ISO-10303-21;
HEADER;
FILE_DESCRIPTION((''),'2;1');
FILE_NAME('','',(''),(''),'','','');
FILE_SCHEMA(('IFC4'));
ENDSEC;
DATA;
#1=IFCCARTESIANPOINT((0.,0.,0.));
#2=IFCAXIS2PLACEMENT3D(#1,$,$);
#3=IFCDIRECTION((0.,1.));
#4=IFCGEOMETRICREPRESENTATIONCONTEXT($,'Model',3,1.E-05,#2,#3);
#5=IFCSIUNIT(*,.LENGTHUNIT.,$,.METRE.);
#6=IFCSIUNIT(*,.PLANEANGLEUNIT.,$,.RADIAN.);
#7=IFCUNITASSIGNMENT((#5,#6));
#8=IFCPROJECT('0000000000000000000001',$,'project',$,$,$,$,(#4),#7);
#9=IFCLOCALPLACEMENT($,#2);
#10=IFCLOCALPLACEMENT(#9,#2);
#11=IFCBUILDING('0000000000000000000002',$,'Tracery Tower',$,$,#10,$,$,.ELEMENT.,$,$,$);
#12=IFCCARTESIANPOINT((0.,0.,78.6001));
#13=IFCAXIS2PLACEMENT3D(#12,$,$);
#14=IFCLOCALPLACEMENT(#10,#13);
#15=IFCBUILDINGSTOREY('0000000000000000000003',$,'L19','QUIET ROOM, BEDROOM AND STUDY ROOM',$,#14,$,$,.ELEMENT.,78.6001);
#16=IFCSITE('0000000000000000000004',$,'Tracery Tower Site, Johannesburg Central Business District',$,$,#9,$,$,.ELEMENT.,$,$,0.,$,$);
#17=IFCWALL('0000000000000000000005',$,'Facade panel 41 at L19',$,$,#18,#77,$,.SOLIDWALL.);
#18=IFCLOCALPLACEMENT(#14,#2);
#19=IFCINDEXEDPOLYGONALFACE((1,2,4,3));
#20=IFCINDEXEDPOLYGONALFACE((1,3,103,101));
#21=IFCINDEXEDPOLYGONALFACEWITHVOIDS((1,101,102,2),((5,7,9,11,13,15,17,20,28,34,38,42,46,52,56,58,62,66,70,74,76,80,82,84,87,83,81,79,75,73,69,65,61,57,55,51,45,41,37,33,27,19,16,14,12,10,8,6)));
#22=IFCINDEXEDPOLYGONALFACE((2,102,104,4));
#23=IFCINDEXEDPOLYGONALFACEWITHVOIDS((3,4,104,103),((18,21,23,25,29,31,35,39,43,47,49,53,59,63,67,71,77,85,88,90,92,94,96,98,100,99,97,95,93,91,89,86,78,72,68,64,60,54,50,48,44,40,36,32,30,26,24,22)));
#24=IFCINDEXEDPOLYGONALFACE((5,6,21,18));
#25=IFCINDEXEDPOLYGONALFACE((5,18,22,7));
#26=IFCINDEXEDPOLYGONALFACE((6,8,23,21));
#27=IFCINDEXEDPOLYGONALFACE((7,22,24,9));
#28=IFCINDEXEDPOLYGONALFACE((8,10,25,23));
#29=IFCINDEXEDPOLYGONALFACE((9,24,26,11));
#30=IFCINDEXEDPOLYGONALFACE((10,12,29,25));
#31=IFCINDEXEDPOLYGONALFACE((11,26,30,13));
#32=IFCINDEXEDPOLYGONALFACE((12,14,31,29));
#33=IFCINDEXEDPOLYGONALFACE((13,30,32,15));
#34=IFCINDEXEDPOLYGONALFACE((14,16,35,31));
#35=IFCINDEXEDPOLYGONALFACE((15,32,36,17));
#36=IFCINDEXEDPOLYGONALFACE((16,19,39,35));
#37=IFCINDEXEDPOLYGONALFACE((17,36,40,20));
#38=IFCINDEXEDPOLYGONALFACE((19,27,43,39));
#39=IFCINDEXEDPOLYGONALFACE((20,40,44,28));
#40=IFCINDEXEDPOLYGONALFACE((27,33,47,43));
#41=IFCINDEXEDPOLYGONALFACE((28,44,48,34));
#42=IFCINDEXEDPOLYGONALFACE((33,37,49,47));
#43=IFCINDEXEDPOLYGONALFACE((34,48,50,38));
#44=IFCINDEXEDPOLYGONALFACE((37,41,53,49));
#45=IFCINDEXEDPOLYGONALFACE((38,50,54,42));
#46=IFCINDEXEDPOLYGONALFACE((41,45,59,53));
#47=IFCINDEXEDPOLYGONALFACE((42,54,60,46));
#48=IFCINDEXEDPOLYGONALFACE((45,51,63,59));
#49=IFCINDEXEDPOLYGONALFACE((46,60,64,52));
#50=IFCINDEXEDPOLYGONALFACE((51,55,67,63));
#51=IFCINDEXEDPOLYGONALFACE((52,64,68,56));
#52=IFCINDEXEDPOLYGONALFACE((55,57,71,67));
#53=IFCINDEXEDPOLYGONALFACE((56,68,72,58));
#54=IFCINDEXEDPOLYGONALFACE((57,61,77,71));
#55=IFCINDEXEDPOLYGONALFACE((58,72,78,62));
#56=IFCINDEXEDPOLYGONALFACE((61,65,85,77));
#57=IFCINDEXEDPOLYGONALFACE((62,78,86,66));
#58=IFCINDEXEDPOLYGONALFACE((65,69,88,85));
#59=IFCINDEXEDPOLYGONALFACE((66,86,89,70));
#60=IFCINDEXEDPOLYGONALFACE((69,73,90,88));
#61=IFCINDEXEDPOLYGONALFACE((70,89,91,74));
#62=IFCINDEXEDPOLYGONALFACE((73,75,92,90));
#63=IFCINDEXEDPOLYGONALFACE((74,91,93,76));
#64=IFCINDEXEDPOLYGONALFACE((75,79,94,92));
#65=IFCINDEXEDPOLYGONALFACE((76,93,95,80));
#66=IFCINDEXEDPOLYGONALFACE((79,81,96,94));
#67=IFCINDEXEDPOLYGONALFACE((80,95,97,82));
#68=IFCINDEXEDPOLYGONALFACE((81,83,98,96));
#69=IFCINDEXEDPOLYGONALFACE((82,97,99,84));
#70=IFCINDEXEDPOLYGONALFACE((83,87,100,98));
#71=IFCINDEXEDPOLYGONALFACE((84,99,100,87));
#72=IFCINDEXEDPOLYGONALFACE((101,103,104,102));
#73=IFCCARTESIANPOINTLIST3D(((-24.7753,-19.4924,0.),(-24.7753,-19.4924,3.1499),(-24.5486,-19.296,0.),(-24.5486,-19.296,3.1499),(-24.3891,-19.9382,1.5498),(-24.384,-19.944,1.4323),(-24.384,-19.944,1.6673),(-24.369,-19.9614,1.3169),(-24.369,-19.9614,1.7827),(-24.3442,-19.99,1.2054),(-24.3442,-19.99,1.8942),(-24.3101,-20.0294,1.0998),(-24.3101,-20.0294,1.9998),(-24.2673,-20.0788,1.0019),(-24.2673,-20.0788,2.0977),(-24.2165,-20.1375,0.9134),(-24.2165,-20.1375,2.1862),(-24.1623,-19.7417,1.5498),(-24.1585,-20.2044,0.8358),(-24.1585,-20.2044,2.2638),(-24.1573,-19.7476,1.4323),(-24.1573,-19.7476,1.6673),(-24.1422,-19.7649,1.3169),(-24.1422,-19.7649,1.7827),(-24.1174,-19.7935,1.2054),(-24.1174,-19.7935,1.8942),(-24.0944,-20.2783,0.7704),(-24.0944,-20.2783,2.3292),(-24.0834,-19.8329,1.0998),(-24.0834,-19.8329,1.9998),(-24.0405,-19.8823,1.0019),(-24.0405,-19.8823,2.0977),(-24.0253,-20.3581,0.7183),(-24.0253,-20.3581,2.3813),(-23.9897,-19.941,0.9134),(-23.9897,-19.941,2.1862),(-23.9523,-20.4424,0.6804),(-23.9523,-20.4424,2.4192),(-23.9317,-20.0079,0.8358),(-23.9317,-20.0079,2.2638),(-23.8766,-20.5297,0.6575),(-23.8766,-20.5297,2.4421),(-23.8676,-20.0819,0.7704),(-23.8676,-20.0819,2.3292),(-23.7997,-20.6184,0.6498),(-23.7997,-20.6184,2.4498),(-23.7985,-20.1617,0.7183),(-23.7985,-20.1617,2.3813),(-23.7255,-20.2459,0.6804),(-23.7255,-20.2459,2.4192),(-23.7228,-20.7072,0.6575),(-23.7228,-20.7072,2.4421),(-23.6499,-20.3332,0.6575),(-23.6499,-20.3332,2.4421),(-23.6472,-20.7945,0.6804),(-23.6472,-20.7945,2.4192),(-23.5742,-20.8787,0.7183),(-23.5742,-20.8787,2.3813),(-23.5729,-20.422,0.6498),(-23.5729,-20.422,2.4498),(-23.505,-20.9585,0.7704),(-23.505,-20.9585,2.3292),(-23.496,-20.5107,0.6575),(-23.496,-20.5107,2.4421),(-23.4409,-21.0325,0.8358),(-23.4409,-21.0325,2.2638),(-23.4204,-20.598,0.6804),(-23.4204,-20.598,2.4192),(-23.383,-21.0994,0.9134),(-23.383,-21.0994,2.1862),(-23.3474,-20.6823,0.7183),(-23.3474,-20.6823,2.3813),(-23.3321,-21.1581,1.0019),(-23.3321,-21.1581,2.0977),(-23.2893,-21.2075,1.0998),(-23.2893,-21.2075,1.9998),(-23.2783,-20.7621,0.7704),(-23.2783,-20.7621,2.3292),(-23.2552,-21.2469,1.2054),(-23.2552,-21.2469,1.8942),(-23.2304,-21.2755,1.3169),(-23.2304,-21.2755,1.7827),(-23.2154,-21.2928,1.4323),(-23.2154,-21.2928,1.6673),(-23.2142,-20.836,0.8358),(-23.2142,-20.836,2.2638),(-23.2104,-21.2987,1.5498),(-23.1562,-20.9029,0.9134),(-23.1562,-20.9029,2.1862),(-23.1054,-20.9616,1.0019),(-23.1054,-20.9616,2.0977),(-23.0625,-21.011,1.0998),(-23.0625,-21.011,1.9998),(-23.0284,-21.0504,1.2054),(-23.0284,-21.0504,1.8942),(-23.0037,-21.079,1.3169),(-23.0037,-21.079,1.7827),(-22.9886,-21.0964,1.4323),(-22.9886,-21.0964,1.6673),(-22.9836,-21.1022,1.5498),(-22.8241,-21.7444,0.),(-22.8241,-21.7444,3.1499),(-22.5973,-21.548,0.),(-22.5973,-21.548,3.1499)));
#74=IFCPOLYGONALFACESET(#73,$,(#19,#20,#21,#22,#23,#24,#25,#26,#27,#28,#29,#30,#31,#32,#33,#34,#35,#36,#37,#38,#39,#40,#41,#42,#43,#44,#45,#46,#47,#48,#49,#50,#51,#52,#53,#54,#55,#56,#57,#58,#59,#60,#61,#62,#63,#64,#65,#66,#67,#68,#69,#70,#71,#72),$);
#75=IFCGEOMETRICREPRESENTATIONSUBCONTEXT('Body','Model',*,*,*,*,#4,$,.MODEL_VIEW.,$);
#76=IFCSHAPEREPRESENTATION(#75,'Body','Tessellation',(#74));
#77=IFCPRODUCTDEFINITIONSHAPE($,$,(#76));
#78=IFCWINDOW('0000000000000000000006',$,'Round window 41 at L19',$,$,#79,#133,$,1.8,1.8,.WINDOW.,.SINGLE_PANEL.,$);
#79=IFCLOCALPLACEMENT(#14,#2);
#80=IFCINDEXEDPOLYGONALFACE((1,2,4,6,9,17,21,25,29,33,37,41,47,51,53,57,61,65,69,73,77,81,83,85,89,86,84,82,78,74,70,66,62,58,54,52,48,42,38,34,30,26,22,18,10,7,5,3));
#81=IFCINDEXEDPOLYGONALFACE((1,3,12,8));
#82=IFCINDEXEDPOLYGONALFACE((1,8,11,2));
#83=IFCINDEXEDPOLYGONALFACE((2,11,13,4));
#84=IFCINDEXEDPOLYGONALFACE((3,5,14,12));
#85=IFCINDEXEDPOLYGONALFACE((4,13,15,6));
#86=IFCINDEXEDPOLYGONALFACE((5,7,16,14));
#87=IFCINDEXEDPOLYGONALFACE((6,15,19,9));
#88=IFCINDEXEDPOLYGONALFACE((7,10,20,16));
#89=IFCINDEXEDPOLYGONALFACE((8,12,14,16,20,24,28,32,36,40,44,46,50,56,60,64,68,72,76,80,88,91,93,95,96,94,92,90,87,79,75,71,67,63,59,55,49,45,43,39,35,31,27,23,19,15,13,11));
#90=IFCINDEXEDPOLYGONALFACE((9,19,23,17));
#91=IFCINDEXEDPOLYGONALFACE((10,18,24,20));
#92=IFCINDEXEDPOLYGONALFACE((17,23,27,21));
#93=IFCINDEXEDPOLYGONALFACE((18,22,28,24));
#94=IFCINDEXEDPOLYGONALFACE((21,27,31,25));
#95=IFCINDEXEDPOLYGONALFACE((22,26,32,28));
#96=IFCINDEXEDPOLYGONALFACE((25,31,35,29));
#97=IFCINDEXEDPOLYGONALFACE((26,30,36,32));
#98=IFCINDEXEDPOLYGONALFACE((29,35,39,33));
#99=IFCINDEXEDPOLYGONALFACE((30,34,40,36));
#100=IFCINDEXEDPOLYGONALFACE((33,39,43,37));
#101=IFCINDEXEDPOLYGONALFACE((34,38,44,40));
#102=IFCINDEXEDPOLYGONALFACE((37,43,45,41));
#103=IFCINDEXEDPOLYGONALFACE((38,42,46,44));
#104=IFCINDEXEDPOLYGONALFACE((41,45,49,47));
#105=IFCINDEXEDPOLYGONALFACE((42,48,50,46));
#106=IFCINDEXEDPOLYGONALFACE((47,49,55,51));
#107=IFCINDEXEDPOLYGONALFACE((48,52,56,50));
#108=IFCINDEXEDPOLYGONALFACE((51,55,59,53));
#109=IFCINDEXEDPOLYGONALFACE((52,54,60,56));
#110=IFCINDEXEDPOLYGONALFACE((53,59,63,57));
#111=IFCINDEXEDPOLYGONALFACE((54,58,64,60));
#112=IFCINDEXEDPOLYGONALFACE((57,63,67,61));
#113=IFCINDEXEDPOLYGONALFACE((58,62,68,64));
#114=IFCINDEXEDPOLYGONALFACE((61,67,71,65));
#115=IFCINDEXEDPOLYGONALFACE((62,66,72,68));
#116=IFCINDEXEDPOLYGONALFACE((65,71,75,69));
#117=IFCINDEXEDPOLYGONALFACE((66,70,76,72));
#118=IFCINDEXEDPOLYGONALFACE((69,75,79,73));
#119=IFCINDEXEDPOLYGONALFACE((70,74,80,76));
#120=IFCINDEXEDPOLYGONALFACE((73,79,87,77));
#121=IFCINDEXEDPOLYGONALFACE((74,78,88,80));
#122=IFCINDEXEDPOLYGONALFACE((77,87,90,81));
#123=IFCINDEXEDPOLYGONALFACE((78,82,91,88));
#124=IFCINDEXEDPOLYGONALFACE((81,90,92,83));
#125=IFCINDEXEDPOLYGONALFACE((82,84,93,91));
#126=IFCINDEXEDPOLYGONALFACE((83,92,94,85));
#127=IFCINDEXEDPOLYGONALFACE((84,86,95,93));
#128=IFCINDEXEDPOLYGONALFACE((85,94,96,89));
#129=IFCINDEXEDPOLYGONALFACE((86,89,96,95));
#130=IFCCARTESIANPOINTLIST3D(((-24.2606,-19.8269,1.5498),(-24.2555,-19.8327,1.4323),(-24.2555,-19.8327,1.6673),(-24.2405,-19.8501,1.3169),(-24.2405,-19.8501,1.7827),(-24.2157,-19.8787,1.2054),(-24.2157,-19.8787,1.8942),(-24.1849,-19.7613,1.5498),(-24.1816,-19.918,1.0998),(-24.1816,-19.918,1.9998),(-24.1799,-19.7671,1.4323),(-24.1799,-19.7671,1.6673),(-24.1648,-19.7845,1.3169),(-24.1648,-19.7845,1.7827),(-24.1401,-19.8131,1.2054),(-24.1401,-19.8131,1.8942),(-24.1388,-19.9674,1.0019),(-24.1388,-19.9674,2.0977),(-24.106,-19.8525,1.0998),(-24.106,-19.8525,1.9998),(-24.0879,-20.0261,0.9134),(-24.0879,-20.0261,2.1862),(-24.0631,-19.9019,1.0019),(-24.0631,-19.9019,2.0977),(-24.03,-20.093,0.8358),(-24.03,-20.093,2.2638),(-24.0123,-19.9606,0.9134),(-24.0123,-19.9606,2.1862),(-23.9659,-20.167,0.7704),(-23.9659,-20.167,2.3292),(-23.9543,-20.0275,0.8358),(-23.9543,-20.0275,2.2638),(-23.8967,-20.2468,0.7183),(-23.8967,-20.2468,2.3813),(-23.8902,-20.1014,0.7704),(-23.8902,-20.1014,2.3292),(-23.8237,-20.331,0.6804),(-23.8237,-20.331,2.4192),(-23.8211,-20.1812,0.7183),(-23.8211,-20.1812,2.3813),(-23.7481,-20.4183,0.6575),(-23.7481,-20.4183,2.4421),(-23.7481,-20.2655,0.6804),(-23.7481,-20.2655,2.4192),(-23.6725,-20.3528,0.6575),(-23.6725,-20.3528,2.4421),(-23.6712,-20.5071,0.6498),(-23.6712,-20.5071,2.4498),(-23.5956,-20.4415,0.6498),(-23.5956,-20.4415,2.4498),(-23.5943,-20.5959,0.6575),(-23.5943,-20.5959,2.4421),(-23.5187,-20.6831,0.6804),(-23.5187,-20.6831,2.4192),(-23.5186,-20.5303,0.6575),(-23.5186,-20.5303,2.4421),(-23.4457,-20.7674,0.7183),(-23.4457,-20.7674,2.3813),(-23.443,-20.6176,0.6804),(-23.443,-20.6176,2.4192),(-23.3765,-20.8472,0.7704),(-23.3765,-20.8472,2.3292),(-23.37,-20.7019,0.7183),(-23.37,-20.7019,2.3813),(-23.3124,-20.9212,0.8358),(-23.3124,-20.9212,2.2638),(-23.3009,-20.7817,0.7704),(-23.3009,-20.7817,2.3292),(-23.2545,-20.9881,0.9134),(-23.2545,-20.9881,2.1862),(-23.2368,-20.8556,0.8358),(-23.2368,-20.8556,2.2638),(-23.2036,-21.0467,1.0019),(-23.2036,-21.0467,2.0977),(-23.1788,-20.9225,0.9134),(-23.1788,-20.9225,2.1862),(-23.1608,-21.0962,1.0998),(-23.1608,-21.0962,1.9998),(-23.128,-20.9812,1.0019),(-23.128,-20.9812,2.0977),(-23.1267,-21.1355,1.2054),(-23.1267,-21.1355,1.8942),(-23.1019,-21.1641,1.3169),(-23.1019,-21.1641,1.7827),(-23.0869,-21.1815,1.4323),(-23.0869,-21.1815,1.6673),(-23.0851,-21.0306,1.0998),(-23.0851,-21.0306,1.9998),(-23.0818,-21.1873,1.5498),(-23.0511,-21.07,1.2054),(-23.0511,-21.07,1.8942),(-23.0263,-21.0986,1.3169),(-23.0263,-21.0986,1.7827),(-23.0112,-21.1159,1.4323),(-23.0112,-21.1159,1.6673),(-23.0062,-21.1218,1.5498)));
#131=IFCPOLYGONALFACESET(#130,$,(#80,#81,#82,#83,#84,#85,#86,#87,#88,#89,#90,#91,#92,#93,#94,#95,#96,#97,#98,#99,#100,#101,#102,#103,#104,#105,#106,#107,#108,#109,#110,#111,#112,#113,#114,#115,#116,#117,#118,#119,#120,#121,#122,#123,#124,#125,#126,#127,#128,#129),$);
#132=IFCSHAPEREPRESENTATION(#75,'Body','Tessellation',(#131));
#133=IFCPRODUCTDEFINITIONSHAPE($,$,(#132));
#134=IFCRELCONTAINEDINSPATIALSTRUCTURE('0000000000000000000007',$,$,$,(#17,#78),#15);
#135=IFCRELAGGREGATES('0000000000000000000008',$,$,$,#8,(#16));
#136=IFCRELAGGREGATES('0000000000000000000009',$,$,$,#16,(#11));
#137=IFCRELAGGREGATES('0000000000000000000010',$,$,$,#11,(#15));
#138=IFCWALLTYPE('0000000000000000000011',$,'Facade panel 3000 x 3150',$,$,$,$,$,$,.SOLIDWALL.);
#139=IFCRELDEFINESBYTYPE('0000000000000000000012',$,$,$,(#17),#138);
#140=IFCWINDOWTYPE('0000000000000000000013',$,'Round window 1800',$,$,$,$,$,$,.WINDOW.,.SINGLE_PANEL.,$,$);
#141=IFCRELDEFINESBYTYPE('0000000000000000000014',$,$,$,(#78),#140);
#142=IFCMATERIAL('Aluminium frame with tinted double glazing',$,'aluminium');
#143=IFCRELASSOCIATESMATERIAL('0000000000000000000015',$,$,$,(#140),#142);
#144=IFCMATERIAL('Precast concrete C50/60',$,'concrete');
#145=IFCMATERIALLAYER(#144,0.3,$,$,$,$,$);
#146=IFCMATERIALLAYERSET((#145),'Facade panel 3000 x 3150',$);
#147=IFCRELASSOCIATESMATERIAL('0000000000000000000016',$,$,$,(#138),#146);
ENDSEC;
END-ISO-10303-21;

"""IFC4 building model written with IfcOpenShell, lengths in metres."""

from ifc_helpers import new_model, si_unit, direction, frame, frame_2d, origin, origin_2d, place, context, subcontext, project, spatial, rectangle, circle, extrude, material, layer, layer_set, type_object, element, fill, save


model = new_model("IFC4")

# Units and contexts
model_context = context("Model", 3, precision=1e-05, world=origin(), true_north=direction((0.0, 1.0)))
body_context = subcontext(model_context, "Body", "Model", "MODEL_VIEW")
ifc_project = project(units=[si_unit("LENGTHUNIT", "METRE"), si_unit("PLANEANGLEUNIT", "RADIAN")], contexts=[model_context])

# Site, building, storey
site_placement = place(None, origin())
site = spatial("IfcSite", under=ifc_project, at=site_placement, Name="Tracery Tower Site, Johannesburg Central Business District", CompositionType="ELEMENT", RefElevation=0.0)
building_placement = place(site_placement, origin())
building = spatial("IfcBuilding", under=site, at=building_placement, Name="Tracery Tower", CompositionType="ELEMENT")
storey_placement = place(building_placement, frame((0.0, 0.0, 78.6001)))
storey = spatial("IfcBuildingStorey", under=building, at=storey_placement, Name="L19", Description="QUIET ROOM, BEDROOM AND STUDY ROOM", CompositionType="ELEMENT", Elevation=78.6001)

# Wall, opening, window
ifc_material_1 = material(Name="Aluminium frame with tinted double glazing", Category="aluminium")
window_type = type_object("IfcWindowType", Name="Round window 1800", PartitioningType="SINGLE_PANEL", PredefinedType="WINDOW", material=ifc_material_1)
ifc_material_2 = material(Name="Precast concrete C50/60", Category="concrete")
ifc_layer_1 = layer(ifc_material_2, 0.3)
ifc_layer_set_1 = layer_set([ifc_layer_1], Name="Facade panel 3000 x 3150")
wall_type_1 = type_object("IfcWallType", Name="Facade panel 3000 x 3150", PredefinedType="SOLIDWALL", material=ifc_layer_set_1)
wall_1_placement = place(storey_placement, frame((-24.6619, -19.3943, 0.0), z_axis=(0.0, 0.0, 1.0), x_axis=(0.654831, -0.755776, 0.0)))
wall_1 = element("IfcWall", 1, at=wall_1_placement, inside=storey, type_object=wall_type_1, Name="Facade panel 41 at L19", PredefinedType="SOLIDWALL", context=body_context, shape_type="SweptSolid", body=[
    extrude(rectangle(XDim=2.9797, YDim=0.3, at=frame_2d((1.4897, 0.0))), origin(), (0.0, 0.0, 1.0), 3.1499),
])
opening_1_placement = place(wall_1_placement, frame((1.4897, 0.0, 1.5498)))
opening_1 = element("IfcOpeningElement", 2, at=opening_1_placement, cuts=wall_1, PredefinedType="OPENING", context=body_context, shape_type="SweptSolid", body=[
    extrude(circle(Radius=0.9, at=origin_2d()), frame((0.0, 0.1599, 0.0), z_axis=(0.0, -1.0, 0.0), x_axis=(1.0, 0.0, 0.0)), (0.0, 0.0, 1.0), 0.3201),
])
window_1_placement = place(opening_1_placement, origin())
window_1 = element("IfcWindow", 3, at=window_1_placement, inside=storey, type_object=window_type, Name="Round window 41 at L19", OverallHeight=1.8, OverallWidth=1.8, PartitioningType="SINGLE_PANEL", PredefinedType="WINDOW", context=body_context, shape_type="SweptSolid", body=[
    extrude(circle(Radius=0.9, at=origin_2d()), frame((0.0, 0.1201, 0.0), z_axis=(0.0, -1.0, 0.0), x_axis=(1.0, 0.0, 0.0)), (0.0, 0.0, 1.0), 0.1001),
])
fill(opening_1, window_1)

save(model, "model.ifc")
